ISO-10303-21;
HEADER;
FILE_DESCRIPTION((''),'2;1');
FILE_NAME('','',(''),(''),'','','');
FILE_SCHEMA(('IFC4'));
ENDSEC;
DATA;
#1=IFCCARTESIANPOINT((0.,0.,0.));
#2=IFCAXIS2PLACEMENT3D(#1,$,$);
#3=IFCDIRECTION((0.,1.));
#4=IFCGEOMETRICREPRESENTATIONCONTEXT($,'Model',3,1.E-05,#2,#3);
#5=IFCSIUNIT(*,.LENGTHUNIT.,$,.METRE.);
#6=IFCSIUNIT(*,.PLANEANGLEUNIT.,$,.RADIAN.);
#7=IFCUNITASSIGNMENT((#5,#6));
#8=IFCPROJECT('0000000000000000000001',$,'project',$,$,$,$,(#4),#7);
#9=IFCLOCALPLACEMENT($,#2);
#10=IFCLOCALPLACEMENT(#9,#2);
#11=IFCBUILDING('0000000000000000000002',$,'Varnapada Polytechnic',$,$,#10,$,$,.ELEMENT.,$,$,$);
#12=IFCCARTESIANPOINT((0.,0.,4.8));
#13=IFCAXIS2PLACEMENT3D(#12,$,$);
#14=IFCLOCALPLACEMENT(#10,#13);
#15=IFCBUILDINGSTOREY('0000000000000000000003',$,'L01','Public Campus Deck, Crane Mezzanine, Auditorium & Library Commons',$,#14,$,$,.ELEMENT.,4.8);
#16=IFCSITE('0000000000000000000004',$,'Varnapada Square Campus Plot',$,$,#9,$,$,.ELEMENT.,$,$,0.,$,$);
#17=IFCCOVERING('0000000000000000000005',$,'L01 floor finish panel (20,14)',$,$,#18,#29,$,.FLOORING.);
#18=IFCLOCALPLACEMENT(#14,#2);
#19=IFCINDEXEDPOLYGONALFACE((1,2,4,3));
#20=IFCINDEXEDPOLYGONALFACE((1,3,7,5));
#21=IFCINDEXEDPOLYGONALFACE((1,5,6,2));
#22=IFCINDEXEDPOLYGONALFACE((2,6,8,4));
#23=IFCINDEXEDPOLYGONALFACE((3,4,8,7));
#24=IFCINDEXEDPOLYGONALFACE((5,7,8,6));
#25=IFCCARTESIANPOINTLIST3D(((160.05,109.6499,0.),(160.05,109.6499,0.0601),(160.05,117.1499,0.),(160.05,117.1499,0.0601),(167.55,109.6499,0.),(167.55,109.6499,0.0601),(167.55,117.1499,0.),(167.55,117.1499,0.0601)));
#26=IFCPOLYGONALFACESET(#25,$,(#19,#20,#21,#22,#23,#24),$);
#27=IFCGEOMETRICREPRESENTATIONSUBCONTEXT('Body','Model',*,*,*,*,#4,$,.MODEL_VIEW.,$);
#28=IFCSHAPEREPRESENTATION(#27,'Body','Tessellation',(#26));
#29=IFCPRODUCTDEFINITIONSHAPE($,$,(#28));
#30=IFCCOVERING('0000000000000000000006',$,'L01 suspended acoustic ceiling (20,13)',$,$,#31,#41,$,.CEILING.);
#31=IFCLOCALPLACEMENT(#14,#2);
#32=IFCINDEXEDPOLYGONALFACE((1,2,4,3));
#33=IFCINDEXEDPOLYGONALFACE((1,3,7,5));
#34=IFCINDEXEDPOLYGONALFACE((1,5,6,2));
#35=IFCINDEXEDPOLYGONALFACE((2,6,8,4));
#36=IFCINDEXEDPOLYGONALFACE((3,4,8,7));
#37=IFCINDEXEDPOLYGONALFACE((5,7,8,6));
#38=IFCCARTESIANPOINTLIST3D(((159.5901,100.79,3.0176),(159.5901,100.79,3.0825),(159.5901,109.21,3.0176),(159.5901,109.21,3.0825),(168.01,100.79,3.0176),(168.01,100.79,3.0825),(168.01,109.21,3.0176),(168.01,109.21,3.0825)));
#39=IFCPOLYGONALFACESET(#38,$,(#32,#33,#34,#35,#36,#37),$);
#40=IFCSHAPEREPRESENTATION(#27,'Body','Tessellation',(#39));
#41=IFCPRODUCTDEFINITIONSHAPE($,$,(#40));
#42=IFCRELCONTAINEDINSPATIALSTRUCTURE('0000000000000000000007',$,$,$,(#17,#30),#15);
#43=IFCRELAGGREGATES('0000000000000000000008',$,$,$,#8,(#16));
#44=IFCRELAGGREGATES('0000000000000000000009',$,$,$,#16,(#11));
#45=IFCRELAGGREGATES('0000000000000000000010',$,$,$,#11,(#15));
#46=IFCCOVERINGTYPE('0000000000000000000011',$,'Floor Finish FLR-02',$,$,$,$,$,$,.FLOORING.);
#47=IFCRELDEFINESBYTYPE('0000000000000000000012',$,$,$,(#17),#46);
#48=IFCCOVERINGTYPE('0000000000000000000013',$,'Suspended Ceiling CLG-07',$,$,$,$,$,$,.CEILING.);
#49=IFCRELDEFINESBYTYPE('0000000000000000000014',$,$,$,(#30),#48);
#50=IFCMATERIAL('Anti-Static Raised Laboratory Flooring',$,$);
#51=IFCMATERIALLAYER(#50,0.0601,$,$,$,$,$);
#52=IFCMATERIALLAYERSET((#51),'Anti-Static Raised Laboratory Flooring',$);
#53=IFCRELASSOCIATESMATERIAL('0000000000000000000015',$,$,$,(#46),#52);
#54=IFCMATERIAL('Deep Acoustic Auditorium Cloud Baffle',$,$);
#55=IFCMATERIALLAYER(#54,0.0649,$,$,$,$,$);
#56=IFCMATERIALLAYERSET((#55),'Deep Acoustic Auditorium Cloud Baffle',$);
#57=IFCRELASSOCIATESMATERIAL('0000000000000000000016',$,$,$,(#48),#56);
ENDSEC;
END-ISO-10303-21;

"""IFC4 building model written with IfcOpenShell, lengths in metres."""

from ifc_helpers import new_model, si_unit, direction, frame, origin, origin_2d, place, context, subcontext, project, spatial, rectangle, extrude, material, layer, layer_set, type_object, element, save


model = new_model("IFC4")

# Units and contexts
model_context = context("Model", 3, precision=1e-05, world=origin(), true_north=direction((0.0, 1.0)))
body_context = subcontext(model_context, "Body", "Model", "MODEL_VIEW")
ifc_project = project(units=[si_unit("LENGTHUNIT", "METRE"), si_unit("PLANEANGLEUNIT", "RADIAN")], contexts=[model_context])

# Site, building, storey
site_placement = place(None, origin())
site = spatial("IfcSite", under=ifc_project, at=site_placement, Name="Varnapada Square Campus Plot", CompositionType="ELEMENT", RefElevation=0.0)
building_placement = place(site_placement, origin())
building = spatial("IfcBuilding", under=site, at=building_placement, Name="Varnapada Polytechnic", CompositionType="ELEMENT")
storey_placement = place(building_placement, frame((0.0, 0.0, 4.8)))
storey = spatial("IfcBuildingStorey", under=building, at=storey_placement, Name="L01", Description="Public Campus Deck, Crane Mezzanine, Auditorium & Library Commons", CompositionType="ELEMENT", Elevation=4.8)

# Coverings
ifc_material_1 = material(Name="Anti-Static Raised Laboratory Flooring")
ifc_layer_1 = layer(ifc_material_1, 0.0601)
ifc_layer_set_1 = layer_set([ifc_layer_1], Name="Anti-Static Raised Laboratory Flooring")
covering_type_1 = type_object("IfcCoveringType", Name="Floor Finish FLR-02", PredefinedType="FLOORING", material=ifc_layer_set_1)
covering_1_placement = place(storey_placement, frame((163.8, 113.3999, 0.0), z_axis=(0.0, 0.0, 1.0), x_axis=(1.0, 0.0, 0.0)))
element("IfcCovering", 1, at=covering_1_placement, inside=storey, type_object=covering_type_1, Name="L01 floor finish panel (20,14)", PredefinedType="FLOORING", context=body_context, shape_type="SweptSolid", body=[
    extrude(rectangle(XDim=7.5, YDim=7.5, at=origin_2d()), origin(), (0.0, 0.0, 1.0), 0.0601),
])
ifc_material_2 = material(Name="Deep Acoustic Auditorium Cloud Baffle")
ifc_layer_2 = layer(ifc_material_2, 0.0649)
ifc_layer_set_2 = layer_set([ifc_layer_2], Name="Deep Acoustic Auditorium Cloud Baffle")
covering_type_2 = type_object("IfcCoveringType", Name="Suspended Ceiling CLG-07", PredefinedType="CEILING", material=ifc_layer_set_2)
covering_2_placement = place(storey_placement, frame((163.8, 105.0, 3.0176), z_axis=(0.0, 0.0, 1.0), x_axis=(1.0, 0.0, 0.0)))
element("IfcCovering", 2, at=covering_2_placement, inside=storey, type_object=covering_type_2, Name="L01 suspended acoustic ceiling (20,13)", PredefinedType="CEILING", context=body_context, shape_type="SweptSolid", body=[
    extrude(rectangle(XDim=8.4199, YDim=8.4199, at=origin_2d()), origin(), (0.0, 0.0, 1.0), 0.0649),
])

save(model, "model.ifc")
